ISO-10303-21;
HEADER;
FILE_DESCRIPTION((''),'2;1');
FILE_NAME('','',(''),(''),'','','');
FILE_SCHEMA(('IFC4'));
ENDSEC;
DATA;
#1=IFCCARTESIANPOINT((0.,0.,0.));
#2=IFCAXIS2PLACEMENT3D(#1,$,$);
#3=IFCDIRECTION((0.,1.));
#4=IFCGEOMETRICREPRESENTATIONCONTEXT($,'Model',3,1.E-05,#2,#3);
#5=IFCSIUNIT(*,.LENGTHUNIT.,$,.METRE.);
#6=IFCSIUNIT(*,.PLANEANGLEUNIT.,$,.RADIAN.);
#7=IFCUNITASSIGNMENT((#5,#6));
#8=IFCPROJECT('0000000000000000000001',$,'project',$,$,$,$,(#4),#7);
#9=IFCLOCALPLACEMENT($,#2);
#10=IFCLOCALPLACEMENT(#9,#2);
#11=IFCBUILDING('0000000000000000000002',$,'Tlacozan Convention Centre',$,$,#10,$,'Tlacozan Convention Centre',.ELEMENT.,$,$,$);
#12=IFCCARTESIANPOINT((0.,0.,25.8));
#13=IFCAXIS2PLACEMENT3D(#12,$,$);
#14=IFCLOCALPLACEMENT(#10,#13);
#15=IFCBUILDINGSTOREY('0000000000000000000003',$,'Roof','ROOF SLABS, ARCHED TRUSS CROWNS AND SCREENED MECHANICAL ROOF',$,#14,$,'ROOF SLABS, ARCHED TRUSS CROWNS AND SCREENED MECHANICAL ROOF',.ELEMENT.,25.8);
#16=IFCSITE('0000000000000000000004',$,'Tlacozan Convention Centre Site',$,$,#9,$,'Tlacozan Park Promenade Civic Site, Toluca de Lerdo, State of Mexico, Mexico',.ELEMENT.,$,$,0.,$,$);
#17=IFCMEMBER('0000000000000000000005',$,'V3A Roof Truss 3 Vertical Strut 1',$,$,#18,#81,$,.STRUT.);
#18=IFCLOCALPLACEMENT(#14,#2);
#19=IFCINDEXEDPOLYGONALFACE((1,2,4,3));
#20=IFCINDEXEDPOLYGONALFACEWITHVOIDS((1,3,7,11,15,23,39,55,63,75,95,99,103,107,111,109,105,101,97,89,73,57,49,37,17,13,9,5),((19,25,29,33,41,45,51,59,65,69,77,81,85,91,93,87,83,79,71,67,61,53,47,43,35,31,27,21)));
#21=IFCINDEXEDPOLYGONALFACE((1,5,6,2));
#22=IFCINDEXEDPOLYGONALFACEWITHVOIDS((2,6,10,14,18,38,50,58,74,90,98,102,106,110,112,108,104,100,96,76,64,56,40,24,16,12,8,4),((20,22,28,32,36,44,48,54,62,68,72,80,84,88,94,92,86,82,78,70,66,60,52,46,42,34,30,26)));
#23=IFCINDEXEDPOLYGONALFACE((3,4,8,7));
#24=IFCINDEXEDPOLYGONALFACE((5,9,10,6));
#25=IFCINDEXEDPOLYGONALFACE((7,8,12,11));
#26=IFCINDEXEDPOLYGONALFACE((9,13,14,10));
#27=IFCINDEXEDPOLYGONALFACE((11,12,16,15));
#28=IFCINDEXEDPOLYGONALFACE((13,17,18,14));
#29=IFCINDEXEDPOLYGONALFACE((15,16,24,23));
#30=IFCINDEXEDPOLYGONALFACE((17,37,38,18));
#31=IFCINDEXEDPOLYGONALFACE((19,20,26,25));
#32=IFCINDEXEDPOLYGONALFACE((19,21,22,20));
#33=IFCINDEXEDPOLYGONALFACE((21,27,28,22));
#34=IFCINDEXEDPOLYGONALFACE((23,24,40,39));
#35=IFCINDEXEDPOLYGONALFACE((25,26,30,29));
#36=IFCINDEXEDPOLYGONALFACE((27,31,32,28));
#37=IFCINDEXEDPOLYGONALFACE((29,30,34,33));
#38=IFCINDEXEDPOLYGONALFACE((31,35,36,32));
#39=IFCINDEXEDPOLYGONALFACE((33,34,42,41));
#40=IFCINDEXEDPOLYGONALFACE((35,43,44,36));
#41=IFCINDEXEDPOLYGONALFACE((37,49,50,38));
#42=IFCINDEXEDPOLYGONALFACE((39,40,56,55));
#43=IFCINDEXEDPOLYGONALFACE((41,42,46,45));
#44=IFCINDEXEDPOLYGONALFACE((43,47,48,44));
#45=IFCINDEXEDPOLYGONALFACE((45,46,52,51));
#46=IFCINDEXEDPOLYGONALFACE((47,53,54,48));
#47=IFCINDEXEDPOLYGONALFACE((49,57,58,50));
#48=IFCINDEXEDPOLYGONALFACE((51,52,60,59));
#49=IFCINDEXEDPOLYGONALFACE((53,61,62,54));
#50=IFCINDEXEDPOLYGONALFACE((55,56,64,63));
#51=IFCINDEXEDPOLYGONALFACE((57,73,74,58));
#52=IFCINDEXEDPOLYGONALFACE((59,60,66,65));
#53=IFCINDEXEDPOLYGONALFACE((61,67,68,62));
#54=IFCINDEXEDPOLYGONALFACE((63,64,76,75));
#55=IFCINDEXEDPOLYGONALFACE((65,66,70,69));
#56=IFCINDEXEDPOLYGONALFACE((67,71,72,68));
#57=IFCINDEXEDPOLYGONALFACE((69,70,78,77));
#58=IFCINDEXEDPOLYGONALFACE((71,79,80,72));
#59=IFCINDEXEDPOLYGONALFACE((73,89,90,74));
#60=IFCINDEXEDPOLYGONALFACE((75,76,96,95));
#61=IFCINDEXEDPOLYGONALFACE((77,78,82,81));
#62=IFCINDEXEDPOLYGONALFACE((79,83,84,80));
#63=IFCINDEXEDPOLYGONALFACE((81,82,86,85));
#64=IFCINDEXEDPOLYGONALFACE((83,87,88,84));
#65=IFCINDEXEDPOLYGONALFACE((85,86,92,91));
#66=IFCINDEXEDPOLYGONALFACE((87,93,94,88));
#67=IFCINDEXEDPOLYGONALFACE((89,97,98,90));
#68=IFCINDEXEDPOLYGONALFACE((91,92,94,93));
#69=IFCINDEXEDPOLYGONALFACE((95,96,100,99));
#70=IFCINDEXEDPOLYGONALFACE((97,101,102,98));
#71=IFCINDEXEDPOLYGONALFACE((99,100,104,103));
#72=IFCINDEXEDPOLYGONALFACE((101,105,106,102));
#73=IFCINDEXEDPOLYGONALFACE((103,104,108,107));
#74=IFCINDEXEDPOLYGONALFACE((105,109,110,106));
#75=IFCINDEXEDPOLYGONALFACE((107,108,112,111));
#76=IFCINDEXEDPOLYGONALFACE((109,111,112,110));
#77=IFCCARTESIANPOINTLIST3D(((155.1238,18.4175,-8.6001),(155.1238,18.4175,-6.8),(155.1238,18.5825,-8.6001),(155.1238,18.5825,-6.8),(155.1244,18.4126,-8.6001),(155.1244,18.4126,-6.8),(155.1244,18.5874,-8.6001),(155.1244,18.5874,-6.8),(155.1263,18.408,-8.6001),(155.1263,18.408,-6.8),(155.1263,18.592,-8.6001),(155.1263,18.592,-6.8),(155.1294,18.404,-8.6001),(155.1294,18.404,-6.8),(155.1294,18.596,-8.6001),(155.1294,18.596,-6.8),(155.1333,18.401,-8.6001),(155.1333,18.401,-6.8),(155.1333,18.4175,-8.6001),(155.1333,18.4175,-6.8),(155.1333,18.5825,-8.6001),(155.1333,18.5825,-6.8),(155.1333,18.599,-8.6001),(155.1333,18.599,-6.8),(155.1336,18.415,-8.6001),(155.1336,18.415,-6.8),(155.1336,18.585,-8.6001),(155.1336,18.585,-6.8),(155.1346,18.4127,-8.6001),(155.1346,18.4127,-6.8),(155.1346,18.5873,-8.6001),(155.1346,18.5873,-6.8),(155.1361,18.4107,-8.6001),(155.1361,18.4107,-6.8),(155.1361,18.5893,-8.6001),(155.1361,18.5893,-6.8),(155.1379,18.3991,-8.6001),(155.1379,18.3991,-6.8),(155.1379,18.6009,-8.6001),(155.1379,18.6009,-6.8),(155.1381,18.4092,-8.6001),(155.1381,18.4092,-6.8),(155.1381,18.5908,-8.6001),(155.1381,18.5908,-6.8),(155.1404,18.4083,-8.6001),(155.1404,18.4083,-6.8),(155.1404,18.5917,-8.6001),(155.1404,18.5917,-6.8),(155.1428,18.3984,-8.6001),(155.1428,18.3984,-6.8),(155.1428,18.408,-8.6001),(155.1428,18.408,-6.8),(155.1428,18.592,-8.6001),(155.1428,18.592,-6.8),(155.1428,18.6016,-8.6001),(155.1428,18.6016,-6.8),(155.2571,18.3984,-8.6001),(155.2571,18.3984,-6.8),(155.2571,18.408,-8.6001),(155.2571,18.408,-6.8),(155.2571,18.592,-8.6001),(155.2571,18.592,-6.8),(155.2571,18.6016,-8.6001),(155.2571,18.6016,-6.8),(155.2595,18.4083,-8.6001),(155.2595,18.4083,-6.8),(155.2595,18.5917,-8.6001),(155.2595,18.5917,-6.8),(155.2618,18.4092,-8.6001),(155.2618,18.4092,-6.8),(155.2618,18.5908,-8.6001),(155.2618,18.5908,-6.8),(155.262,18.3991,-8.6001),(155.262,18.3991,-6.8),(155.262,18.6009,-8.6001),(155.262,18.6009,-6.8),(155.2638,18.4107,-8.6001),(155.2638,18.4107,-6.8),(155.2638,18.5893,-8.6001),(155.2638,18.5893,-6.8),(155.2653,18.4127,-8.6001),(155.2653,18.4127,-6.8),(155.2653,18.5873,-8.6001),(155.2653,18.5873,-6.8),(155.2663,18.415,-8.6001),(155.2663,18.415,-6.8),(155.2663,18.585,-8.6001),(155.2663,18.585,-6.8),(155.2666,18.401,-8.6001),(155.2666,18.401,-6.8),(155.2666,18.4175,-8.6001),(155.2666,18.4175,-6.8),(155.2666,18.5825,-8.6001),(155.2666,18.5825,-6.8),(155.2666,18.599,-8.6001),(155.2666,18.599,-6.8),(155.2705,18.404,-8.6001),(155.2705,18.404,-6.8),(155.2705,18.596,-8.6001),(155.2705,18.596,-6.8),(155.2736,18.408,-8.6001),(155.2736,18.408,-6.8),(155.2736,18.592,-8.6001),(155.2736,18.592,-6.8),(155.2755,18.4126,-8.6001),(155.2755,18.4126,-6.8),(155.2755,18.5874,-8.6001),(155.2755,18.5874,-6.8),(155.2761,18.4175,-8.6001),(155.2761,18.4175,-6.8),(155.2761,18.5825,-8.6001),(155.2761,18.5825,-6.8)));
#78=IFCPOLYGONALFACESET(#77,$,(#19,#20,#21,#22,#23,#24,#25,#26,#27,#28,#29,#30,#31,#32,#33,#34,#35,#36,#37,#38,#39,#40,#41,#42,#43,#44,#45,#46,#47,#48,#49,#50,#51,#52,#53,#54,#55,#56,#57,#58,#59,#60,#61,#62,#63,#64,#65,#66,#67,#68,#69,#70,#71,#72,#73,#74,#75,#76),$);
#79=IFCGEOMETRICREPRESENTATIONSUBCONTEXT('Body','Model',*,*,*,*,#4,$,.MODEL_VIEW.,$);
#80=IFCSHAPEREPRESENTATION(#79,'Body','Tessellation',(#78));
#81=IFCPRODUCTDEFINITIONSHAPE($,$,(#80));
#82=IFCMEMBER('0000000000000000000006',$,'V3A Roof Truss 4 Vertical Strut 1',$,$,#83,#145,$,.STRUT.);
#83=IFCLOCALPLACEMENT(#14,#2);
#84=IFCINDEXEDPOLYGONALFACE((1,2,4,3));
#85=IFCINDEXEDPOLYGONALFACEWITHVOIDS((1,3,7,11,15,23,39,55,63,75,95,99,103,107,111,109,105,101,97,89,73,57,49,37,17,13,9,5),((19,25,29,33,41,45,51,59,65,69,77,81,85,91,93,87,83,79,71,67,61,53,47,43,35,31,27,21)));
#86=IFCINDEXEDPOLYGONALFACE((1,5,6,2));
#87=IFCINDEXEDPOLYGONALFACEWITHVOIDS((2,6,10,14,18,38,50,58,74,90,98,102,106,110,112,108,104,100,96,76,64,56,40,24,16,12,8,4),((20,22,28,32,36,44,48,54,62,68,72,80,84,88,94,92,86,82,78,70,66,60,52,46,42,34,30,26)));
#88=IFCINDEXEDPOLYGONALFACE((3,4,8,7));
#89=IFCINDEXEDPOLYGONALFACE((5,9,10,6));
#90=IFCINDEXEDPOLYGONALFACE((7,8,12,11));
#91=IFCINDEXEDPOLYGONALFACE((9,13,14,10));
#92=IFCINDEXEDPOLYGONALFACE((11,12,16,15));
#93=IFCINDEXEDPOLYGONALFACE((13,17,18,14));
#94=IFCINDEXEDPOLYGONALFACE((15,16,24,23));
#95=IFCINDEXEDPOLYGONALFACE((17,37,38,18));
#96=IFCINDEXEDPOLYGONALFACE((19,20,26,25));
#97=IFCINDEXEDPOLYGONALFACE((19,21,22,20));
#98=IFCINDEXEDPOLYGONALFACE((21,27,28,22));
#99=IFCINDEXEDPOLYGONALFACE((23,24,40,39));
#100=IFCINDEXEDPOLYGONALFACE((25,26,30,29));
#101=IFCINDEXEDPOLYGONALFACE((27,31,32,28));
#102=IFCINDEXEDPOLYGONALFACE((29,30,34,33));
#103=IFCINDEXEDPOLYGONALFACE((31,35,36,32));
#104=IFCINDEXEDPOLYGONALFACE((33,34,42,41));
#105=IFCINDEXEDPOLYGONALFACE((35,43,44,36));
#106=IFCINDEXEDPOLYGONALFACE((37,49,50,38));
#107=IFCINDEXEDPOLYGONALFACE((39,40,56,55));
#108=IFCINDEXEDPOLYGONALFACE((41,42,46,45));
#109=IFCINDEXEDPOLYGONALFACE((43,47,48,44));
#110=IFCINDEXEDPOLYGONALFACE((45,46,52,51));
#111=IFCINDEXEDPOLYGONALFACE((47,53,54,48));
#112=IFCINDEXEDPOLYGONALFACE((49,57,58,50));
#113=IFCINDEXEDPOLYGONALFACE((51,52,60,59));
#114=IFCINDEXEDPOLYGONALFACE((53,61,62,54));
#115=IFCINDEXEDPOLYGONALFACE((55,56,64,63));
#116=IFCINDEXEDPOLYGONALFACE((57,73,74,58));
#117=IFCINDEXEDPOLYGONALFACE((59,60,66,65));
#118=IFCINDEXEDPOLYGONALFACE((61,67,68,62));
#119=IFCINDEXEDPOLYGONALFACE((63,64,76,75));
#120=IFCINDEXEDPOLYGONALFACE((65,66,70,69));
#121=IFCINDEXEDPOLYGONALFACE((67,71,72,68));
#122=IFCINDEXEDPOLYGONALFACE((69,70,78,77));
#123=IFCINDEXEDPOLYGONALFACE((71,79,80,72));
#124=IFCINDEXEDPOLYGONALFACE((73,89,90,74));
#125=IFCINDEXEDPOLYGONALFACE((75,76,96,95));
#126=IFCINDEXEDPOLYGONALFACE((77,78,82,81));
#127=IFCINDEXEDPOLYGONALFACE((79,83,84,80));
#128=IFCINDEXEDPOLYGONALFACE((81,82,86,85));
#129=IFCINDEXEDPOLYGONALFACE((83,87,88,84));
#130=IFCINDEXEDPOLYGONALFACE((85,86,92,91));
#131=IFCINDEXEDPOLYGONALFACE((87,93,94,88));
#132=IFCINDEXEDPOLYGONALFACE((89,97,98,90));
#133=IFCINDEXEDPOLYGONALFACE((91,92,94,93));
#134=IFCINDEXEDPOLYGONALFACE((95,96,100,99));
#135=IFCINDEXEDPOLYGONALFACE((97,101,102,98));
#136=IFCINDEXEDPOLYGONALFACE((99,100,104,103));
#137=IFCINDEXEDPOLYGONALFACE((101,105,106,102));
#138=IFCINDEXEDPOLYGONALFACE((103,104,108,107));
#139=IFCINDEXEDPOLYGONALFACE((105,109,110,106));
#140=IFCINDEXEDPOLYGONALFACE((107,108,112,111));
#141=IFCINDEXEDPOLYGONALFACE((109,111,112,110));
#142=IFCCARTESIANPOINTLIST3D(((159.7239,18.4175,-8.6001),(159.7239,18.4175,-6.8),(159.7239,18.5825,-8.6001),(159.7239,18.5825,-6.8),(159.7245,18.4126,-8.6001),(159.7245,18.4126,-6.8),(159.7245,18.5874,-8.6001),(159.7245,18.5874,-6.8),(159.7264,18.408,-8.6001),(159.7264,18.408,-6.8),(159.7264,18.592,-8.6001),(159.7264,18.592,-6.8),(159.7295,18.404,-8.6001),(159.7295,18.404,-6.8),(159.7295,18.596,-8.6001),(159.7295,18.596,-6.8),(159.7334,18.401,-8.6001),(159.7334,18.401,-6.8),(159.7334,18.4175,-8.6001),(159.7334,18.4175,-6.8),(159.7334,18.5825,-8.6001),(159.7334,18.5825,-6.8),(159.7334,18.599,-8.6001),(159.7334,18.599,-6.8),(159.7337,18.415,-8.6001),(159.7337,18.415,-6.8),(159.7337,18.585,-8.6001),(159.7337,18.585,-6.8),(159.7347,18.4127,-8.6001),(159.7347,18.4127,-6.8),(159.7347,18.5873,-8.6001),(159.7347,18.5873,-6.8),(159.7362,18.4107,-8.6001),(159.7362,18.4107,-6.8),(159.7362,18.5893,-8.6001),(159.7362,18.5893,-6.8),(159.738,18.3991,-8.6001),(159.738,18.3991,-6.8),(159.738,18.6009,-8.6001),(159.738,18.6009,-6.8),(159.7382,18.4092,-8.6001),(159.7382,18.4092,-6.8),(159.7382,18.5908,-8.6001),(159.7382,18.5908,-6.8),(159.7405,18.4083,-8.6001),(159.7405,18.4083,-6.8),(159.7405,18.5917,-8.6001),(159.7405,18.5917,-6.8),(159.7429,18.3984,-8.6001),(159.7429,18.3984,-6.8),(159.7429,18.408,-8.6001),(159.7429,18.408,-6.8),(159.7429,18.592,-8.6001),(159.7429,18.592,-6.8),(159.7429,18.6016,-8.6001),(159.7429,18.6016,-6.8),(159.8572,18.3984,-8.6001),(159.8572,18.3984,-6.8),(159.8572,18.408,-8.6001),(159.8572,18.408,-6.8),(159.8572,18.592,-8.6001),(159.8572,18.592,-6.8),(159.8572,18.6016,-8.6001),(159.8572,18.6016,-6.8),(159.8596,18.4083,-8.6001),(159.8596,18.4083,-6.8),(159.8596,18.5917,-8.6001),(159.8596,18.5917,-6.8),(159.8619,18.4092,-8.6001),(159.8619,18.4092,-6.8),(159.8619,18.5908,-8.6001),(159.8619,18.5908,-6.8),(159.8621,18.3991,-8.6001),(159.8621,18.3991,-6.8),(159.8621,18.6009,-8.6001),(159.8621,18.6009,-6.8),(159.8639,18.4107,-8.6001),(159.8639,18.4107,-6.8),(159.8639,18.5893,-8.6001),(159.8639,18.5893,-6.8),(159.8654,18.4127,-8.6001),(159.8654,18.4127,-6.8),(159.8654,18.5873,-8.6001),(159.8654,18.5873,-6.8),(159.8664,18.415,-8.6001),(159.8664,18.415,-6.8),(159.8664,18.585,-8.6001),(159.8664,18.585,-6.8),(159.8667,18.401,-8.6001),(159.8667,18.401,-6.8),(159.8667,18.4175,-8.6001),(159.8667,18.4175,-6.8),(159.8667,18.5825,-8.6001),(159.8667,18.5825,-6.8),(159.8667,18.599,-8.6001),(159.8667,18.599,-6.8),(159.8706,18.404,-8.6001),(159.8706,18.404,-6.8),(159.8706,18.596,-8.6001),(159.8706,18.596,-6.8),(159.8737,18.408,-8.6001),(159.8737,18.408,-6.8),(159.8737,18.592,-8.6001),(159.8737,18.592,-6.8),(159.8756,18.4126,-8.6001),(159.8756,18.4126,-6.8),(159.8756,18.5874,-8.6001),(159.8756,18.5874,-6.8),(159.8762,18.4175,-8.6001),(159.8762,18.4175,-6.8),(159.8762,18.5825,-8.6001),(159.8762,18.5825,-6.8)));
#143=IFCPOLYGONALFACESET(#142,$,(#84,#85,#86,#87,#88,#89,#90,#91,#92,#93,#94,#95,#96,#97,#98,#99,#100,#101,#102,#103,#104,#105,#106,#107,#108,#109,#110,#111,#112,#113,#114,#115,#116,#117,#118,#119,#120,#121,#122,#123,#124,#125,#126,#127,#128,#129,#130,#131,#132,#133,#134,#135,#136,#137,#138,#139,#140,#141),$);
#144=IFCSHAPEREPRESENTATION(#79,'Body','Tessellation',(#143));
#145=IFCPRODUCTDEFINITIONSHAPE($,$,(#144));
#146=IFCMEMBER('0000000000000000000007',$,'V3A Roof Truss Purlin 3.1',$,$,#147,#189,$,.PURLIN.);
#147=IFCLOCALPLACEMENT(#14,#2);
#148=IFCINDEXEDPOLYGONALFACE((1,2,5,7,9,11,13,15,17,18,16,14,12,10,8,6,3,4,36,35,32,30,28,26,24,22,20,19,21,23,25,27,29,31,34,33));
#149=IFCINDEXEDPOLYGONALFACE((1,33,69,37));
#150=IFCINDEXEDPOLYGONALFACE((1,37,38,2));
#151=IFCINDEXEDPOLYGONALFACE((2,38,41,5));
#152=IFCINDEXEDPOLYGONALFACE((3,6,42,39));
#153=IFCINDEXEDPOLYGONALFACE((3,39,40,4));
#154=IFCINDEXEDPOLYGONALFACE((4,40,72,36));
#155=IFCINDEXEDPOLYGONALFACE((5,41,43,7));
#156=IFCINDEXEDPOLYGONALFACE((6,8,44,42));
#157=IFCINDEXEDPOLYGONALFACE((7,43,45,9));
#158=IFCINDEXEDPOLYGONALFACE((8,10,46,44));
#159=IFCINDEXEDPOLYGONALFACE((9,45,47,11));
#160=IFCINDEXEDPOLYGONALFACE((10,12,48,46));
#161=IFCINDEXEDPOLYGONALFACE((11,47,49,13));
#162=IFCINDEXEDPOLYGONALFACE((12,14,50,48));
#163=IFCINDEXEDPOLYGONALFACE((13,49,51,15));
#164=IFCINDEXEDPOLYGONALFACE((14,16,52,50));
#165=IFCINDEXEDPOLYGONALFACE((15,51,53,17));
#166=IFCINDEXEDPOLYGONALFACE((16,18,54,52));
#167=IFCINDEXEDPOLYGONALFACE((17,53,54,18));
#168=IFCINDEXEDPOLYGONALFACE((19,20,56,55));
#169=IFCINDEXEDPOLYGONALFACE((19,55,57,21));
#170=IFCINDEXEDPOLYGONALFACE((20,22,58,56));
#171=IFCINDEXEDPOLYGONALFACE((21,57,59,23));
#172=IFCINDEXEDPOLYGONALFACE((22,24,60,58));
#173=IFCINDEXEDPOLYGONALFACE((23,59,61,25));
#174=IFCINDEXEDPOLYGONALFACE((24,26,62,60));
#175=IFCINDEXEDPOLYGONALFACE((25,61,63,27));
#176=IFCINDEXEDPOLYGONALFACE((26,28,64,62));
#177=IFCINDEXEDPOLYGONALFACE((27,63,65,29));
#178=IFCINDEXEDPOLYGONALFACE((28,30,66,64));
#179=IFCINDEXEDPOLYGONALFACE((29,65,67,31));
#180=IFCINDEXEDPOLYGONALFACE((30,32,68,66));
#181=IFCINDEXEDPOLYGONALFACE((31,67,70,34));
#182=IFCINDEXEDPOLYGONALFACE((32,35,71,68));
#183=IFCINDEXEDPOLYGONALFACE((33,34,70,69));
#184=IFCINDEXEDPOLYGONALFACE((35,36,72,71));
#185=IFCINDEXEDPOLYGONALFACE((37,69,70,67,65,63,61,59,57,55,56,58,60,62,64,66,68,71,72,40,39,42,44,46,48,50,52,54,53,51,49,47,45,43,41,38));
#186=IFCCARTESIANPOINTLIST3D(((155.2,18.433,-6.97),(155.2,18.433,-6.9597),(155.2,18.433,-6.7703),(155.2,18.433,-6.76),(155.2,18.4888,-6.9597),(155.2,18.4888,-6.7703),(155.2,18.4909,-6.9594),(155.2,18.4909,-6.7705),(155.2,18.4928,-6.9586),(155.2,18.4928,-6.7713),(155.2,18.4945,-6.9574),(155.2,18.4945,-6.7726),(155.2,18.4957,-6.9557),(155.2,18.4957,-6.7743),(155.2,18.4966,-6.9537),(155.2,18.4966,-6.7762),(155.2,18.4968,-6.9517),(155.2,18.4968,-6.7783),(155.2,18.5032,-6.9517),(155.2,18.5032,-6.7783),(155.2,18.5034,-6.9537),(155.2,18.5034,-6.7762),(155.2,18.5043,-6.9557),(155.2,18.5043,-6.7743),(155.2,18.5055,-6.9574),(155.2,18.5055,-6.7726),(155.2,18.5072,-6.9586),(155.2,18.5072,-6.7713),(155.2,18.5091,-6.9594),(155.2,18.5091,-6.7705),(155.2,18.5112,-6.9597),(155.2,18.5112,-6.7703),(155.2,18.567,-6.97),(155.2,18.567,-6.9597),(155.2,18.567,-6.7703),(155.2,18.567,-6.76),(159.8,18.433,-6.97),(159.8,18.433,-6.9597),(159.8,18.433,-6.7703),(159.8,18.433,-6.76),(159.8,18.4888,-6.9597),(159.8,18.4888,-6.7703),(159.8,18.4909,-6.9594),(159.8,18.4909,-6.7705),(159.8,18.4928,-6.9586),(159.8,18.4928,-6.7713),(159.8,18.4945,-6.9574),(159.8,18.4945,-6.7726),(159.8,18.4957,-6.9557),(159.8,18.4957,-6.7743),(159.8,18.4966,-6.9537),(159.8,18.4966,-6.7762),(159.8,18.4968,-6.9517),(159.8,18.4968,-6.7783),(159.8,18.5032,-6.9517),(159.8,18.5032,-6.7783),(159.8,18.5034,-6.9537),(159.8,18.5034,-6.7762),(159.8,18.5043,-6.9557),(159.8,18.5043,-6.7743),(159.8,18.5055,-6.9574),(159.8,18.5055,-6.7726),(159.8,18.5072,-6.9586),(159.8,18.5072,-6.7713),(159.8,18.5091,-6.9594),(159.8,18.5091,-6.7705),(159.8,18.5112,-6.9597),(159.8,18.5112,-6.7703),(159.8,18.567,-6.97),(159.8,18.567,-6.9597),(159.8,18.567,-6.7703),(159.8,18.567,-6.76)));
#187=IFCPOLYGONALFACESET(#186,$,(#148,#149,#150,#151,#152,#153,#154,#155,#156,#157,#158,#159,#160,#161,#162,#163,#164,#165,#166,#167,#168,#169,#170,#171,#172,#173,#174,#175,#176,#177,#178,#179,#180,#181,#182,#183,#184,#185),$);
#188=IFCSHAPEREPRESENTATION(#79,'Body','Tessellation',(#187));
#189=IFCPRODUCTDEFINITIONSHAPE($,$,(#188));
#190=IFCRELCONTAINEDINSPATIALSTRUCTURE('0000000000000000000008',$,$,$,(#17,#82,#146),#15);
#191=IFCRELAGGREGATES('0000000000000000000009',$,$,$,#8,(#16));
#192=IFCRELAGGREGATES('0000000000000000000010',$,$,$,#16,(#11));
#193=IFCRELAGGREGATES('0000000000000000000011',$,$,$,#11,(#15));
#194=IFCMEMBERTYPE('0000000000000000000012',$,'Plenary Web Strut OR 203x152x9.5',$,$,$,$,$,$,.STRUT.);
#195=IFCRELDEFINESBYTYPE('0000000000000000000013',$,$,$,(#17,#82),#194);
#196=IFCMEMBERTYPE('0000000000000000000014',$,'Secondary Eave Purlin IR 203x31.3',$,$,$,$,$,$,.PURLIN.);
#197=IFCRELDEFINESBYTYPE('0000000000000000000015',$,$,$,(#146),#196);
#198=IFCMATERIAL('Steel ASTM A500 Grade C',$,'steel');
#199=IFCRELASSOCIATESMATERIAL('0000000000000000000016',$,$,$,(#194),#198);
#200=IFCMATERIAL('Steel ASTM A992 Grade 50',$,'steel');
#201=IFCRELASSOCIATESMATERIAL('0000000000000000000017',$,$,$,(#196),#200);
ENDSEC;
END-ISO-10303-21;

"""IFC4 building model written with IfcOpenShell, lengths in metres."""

from ifc_helpers import new_model, si_unit, direction, frame, origin, origin_2d, place, context, subcontext, project, spatial, hollow_rectangle, i_section, extrude, material, material_profile, profile_set, type_object, element, save


model = new_model("IFC4")

# Units and contexts
model_context = context("Model", 3, precision=1e-05, world=origin(), true_north=direction((0.0, 1.0)))
body_context = subcontext(model_context, "Body", "Model", "MODEL_VIEW")
ifc_project = project(units=[si_unit("LENGTHUNIT", "METRE"), si_unit("PLANEANGLEUNIT", "RADIAN")], contexts=[model_context])

# Site, building, storey
site_placement = place(None, origin())
site = spatial("IfcSite", under=ifc_project, at=site_placement, Name="Tlacozan Convention Centre Site", LongName="Tlacozan Park Promenade Civic Site, Toluca de Lerdo, State of Mexico, Mexico", CompositionType="ELEMENT", RefElevation=0.0)
building_placement = place(site_placement, origin())
building = spatial("IfcBuilding", under=site, at=building_placement, Name="Tlacozan Convention Centre", LongName="Tlacozan Convention Centre", CompositionType="ELEMENT")
storey_placement = place(building_placement, frame((0.0, 0.0, 25.8)))
storey = spatial("IfcBuildingStorey", under=building, at=storey_placement, Name="Roof", Description="ROOF SLABS, ARCHED TRUSS CROWNS AND SCREENED MECHANICAL ROOF", LongName="ROOF SLABS, ARCHED TRUSS CROWNS AND SCREENED MECHANICAL ROOF", CompositionType="ELEMENT", Elevation=25.8)

# Members
ifc_material_1 = material(Name="Steel ASTM A500 Grade C", Category="steel")
ifc_material_profile_1 = material_profile(ifc_material_1, hollow_rectangle(XDim=0.1523, YDim=0.2031, WallThickness=0.0095, InnerFilletRadius=0.0095, OuterFilletRadius=0.019, at=origin_2d()), Name="OR 203x152x9.5")
ifc_profile_set_1 = profile_set([ifc_material_profile_1], Name="Steel ASTM A500 Grade C")
member_type_1 = type_object("IfcMemberType", Name="Plenary Web Strut OR 203x152x9.5", PredefinedType="STRUT", material=ifc_profile_set_1)
for number, where, z_axis, x_axis, name in (
    (1, (155.2, 18.5, -8.6001), (0.0, 0.0, 1.0), (1.0, 0.0, 0.0), "V3A Roof Truss 3 Vertical Strut 1"),
    (2, (159.8, 18.5, -8.6001), (0.0, 0.0, 1.0), (1.0, 0.0, 0.0), "V3A Roof Truss 4 Vertical Strut 1"),
):
    element("IfcMember", number, at=place(storey_placement, frame(where, z_axis=z_axis, x_axis=x_axis)), inside=storey, type_object=member_type_1, Name=name, PredefinedType="STRUT", context=body_context, shape_type="SweptSolid", body=[
        extrude(hollow_rectangle(XDim=0.1523, YDim=0.2031, WallThickness=0.0095, InnerFilletRadius=0.0095, OuterFilletRadius=0.019, at=origin_2d()), origin(), (0.0, 0.0, 1.0), 1.8),
    ])
ifc_material_2 = material(Name="Steel ASTM A992 Grade 50", Category="steel")
ifc_material_profile_2 = material_profile(ifc_material_2, i_section(OverallWidth=0.134, OverallDepth=0.21, WebThickness=0.0063, FlangeThickness=0.0103, FilletRadius=0.0081, at=origin_2d()), Name="IR 203x31.3")
ifc_profile_set_2 = profile_set([ifc_material_profile_2], Name="Steel ASTM A992 Grade 50")
member_type_2 = type_object("IfcMemberType", Name="Secondary Eave Purlin IR 203x31.3", PredefinedType="PURLIN", material=ifc_profile_set_2)
member_1_placement = place(storey_placement, frame((155.2, 18.5, -6.865), z_axis=(1.0, 0.0, 0.0), x_axis=(0.0, 1.0, 0.0)))
element("IfcMember", 3, at=member_1_placement, inside=storey, type_object=member_type_2, Name="V3A Roof Truss Purlin 3.1", PredefinedType="PURLIN", context=body_context, shape_type="SweptSolid", body=[
    extrude(i_section(OverallWidth=0.134, OverallDepth=0.21, WebThickness=0.0063, FlangeThickness=0.0103, FilletRadius=0.0081, at=origin_2d()), origin(), (0.0, 0.0, 1.0), 4.6001),
])

save(model, "model.ifc")
